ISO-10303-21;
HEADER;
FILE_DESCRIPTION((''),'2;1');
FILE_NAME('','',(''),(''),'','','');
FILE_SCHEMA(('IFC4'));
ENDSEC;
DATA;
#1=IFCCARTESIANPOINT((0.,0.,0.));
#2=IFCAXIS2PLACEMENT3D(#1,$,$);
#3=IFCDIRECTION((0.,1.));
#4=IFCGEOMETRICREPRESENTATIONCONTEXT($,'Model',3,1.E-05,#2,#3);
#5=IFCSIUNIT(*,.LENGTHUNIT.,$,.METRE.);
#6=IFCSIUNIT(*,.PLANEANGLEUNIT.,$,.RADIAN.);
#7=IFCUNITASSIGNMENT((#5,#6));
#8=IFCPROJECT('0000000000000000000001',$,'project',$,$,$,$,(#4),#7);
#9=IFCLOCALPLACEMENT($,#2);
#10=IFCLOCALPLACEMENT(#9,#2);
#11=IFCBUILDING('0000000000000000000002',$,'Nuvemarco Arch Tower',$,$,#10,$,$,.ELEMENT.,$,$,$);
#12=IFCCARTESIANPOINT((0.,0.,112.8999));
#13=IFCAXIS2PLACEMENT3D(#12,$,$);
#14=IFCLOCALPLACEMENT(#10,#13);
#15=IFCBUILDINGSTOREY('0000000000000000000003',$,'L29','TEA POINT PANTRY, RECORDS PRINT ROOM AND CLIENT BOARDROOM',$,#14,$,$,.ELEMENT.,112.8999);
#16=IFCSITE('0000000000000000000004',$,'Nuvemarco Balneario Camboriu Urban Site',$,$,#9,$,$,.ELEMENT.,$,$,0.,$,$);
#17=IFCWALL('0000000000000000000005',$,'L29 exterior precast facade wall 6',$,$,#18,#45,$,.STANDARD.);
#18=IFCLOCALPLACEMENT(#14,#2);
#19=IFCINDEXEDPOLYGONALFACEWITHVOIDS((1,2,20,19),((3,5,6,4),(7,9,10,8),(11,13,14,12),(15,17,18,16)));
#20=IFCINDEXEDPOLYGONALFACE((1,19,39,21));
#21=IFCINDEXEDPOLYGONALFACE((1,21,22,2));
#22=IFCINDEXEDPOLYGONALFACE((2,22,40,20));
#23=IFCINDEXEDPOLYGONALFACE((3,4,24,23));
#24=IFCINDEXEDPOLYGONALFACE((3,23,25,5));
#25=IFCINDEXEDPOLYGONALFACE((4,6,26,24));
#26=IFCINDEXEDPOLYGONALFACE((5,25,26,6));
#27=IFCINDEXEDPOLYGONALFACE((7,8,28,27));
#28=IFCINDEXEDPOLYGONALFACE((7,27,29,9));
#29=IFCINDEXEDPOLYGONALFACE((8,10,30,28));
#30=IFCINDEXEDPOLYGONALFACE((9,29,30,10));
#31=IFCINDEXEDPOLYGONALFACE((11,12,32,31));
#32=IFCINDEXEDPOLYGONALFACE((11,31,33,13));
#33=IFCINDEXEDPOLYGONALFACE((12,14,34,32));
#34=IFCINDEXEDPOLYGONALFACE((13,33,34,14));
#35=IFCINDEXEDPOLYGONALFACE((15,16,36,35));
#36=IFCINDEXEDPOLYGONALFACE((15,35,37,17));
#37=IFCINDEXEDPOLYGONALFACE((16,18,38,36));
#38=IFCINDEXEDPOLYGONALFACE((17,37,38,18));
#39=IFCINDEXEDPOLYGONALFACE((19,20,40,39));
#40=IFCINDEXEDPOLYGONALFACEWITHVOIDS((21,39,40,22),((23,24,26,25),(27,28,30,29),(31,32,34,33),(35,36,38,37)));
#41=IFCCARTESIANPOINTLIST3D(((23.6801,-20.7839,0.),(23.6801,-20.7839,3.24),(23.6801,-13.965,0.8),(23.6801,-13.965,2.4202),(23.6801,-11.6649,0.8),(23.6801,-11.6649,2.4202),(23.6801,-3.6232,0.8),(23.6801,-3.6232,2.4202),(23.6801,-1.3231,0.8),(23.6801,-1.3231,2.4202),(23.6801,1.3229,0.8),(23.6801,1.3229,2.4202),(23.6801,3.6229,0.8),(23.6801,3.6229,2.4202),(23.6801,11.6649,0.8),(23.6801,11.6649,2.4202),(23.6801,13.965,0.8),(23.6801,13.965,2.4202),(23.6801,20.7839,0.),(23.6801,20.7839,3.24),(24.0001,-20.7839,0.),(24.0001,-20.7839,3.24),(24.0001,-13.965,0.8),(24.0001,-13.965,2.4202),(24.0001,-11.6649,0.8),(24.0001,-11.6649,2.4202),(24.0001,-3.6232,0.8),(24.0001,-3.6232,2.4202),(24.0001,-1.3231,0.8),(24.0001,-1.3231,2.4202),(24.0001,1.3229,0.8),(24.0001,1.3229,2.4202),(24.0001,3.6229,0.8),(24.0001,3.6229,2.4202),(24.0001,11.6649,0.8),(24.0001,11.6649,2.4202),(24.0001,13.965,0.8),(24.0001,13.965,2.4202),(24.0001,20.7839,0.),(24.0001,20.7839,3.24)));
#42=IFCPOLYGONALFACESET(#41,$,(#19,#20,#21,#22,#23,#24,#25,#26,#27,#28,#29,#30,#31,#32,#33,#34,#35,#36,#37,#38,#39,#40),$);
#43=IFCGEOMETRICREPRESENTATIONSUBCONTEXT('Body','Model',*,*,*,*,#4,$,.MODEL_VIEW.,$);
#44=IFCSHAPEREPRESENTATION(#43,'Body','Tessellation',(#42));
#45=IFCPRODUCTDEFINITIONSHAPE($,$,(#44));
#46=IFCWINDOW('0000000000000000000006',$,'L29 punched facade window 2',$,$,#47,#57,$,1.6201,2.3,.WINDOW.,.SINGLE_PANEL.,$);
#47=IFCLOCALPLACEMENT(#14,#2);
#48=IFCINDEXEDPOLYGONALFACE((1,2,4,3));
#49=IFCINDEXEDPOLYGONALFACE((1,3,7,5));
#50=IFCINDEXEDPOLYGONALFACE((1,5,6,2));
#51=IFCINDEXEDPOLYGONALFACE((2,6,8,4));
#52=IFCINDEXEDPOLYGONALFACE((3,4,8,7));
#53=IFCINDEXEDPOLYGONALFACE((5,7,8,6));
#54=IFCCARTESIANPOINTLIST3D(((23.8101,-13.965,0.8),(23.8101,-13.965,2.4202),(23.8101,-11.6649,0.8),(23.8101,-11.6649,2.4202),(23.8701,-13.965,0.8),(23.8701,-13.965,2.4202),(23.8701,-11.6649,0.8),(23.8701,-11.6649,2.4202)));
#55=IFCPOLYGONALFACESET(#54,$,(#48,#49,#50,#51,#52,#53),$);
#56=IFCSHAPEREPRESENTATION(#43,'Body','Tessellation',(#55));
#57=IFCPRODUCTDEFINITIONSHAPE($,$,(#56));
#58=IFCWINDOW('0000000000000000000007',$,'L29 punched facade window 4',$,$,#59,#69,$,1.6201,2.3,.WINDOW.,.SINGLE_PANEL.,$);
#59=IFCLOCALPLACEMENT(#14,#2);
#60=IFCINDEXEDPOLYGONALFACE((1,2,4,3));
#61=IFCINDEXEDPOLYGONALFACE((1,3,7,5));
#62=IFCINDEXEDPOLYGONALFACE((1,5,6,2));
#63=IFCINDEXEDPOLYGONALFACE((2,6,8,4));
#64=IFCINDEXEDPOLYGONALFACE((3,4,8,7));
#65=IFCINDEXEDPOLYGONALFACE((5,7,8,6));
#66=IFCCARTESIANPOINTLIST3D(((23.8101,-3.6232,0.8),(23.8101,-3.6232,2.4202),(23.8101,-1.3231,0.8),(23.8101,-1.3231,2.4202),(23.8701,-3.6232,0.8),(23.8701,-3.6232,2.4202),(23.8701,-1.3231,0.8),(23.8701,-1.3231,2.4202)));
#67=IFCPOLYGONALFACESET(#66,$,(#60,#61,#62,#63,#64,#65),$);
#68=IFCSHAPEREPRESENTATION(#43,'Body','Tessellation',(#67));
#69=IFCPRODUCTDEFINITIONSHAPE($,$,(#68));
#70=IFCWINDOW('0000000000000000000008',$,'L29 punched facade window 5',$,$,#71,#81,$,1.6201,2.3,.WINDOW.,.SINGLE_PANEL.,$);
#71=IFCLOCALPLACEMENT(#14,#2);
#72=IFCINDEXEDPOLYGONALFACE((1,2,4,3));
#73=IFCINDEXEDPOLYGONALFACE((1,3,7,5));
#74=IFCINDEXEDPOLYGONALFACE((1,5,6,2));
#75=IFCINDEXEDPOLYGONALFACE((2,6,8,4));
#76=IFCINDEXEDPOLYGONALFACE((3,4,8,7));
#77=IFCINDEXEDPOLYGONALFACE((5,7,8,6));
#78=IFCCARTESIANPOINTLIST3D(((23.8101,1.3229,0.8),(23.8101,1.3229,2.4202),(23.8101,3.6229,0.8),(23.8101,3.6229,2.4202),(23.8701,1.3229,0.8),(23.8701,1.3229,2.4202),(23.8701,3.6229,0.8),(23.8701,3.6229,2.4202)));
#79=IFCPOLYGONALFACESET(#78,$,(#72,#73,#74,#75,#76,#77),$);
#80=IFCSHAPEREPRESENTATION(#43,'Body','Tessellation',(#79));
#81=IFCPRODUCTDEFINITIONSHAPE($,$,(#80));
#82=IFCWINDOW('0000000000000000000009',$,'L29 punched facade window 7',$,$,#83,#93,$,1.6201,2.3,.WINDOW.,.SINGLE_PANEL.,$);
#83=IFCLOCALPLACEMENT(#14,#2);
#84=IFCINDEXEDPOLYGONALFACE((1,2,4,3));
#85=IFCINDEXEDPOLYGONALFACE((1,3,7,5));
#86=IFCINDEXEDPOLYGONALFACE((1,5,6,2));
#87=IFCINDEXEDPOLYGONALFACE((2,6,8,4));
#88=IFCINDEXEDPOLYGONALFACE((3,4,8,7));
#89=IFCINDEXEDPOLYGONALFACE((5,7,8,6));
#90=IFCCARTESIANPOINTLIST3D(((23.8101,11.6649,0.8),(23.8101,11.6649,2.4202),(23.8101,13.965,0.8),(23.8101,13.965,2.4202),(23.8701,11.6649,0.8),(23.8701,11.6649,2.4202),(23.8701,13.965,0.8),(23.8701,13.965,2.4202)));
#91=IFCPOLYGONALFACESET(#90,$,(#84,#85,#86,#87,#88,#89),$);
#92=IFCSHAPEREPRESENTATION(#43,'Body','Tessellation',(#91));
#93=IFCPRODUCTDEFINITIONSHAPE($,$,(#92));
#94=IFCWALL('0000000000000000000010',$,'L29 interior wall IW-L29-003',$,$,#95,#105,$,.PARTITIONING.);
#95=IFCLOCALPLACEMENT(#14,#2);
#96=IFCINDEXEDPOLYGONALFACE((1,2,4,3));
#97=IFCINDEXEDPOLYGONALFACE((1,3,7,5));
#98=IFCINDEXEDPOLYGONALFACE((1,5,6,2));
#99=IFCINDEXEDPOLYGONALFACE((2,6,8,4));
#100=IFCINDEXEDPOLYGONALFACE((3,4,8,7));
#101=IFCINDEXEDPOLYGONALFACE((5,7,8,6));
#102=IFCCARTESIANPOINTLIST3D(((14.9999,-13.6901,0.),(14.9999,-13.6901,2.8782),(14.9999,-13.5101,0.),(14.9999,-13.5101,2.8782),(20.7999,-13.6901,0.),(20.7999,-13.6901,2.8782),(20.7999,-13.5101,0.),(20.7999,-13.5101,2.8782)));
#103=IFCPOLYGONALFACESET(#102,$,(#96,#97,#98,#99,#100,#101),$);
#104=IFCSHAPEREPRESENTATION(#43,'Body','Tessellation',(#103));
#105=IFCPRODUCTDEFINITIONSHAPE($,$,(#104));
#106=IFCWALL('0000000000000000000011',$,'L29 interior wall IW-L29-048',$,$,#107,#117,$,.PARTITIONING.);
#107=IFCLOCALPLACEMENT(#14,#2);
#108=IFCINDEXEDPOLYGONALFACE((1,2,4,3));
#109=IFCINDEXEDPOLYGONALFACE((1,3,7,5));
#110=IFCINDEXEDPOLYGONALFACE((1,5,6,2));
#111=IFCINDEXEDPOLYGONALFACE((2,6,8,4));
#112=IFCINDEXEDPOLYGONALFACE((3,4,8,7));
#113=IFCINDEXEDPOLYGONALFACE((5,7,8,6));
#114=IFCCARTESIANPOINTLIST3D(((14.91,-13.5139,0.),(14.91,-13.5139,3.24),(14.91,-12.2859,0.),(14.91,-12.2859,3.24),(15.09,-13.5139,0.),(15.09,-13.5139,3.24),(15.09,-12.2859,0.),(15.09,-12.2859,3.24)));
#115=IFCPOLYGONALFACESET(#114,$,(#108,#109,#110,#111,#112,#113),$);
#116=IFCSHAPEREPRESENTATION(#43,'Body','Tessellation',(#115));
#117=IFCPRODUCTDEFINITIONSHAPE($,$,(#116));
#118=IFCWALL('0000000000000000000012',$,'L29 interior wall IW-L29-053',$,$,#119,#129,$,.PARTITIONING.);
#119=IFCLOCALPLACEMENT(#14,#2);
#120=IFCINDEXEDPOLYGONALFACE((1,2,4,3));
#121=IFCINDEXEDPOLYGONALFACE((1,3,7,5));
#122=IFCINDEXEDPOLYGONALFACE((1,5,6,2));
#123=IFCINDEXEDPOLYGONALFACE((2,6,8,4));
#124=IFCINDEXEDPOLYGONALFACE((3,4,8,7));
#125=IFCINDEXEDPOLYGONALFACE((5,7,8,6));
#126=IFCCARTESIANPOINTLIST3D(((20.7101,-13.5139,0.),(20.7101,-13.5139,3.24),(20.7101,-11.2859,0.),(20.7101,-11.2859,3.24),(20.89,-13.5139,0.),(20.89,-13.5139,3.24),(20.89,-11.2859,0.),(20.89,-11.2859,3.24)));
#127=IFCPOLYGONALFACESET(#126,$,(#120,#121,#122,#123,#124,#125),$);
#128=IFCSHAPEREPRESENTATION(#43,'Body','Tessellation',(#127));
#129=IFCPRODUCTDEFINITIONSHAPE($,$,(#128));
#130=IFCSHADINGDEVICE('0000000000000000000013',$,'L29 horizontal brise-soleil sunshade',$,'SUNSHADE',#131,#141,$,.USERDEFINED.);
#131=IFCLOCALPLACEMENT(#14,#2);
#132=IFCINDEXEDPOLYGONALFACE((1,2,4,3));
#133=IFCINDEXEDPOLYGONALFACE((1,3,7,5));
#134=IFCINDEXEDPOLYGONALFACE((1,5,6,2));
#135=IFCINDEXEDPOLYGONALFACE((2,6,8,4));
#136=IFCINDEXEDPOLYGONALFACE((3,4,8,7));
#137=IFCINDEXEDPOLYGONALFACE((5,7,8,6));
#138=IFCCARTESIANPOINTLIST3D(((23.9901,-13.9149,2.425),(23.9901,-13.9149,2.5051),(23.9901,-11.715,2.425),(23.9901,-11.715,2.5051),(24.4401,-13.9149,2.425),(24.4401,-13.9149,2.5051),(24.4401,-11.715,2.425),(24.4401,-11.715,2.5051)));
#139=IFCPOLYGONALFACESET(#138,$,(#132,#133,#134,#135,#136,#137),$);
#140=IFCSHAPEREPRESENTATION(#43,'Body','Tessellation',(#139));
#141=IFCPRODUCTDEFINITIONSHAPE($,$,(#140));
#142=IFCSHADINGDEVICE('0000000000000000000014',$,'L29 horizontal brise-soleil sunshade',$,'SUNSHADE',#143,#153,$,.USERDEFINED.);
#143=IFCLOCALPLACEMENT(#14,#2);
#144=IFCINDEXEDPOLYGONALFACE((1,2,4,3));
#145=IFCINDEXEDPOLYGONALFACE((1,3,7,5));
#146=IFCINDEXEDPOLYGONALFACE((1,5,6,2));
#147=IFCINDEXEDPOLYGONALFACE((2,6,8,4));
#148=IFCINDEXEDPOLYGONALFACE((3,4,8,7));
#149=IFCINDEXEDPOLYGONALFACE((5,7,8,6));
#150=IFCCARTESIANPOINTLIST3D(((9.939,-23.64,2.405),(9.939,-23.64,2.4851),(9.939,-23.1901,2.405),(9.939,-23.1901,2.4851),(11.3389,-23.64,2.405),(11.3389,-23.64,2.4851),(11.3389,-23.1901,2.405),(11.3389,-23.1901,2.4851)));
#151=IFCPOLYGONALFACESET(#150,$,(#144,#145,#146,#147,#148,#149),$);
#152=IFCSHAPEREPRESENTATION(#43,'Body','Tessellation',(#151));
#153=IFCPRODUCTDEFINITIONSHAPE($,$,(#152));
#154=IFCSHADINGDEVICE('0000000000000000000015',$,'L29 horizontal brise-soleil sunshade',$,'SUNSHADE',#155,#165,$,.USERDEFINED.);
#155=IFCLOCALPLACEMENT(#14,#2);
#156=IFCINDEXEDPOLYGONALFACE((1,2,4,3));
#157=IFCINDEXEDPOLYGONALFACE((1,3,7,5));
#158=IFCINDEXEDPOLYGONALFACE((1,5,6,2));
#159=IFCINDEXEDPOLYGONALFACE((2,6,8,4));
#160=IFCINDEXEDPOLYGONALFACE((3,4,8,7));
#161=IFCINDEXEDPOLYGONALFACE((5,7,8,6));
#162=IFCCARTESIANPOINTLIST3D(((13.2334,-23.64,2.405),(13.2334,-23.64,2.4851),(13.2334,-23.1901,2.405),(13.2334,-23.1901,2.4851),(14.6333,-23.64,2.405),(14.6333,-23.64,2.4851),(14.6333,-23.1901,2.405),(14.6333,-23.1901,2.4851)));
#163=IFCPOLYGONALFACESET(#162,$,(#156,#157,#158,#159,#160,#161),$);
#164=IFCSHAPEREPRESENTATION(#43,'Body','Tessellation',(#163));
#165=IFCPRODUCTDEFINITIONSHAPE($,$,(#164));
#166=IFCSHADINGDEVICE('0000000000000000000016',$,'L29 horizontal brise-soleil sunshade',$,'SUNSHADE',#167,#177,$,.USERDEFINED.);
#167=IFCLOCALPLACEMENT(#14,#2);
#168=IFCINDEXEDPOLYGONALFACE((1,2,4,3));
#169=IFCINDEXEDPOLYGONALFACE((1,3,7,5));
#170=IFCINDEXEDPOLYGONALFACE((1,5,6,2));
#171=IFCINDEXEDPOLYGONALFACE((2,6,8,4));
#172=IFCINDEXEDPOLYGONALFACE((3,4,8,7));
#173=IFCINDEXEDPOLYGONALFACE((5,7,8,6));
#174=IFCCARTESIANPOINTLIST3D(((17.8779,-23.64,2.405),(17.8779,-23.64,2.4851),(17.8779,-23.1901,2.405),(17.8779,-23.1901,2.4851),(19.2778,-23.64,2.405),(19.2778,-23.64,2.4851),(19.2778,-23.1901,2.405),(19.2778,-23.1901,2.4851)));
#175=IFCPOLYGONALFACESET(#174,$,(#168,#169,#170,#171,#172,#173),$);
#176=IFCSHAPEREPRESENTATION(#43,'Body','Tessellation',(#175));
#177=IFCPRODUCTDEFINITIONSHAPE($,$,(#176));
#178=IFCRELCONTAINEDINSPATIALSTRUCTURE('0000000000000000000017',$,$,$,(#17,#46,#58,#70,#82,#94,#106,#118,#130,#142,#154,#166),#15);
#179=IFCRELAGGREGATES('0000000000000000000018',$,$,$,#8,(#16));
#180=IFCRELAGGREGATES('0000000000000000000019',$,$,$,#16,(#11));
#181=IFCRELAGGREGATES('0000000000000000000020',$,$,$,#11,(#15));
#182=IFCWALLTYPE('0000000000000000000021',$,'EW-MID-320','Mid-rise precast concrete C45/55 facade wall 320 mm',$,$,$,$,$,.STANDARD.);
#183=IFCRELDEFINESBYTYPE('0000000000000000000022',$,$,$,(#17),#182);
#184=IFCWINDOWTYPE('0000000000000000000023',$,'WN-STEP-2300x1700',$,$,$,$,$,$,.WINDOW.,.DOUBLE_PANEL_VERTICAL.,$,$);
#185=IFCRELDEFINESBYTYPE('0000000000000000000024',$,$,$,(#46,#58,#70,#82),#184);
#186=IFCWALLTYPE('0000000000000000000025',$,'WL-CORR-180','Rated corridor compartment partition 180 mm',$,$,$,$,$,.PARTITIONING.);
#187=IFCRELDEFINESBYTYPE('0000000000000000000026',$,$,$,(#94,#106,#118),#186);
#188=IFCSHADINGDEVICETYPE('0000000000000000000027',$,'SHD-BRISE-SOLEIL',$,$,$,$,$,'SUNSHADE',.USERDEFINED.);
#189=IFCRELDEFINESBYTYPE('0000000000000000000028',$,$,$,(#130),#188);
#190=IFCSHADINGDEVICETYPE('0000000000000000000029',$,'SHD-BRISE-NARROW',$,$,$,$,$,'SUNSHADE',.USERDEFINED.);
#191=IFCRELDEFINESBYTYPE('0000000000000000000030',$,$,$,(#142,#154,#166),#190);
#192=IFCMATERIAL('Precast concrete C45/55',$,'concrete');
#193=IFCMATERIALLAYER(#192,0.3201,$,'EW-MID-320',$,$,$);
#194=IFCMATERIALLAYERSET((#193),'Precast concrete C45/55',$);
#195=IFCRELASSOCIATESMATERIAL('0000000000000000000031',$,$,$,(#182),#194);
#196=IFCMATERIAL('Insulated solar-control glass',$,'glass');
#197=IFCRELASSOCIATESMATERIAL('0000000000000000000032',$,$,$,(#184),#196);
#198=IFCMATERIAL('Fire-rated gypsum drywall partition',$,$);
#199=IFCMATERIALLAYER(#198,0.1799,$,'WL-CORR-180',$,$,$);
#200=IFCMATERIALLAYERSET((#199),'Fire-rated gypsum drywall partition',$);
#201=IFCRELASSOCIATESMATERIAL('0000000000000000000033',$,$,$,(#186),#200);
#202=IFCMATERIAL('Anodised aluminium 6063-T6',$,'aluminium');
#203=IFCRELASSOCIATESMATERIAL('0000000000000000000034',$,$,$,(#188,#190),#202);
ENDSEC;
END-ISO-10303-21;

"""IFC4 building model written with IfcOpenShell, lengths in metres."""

from ifc_helpers import new_model, si_unit, direction, frame, frame_2d, origin, origin_2d, place, context, subcontext, project, spatial, rectangle, extrude, source, transform, mapped, material, layer, layer_set, type_object, type_shapes, element, fill, save


model = new_model("IFC4")

# Units and contexts
model_context = context("Model", 3, precision=1e-05, world=origin(), true_north=direction((0.0, 1.0)))
body_context = subcontext(model_context, "Body", "Model", "MODEL_VIEW")
ifc_project = project(units=[si_unit("LENGTHUNIT", "METRE"), si_unit("PLANEANGLEUNIT", "RADIAN")], contexts=[model_context])

# Site, building, storey
site_placement = place(None, origin())
site = spatial("IfcSite", under=ifc_project, at=site_placement, Name="Nuvemarco Balneario Camboriu Urban Site", CompositionType="ELEMENT", RefElevation=0.0)
building_placement = place(site_placement, origin())
building = spatial("IfcBuilding", under=site, at=building_placement, Name="Nuvemarco Arch Tower", CompositionType="ELEMENT")
storey_placement = place(building_placement, frame((0.0, 0.0, 112.8999)))
storey = spatial("IfcBuildingStorey", under=building, at=storey_placement, Name="L29", Description="TEA POINT PANTRY, RECORDS PRINT ROOM AND CLIENT BOARDROOM", CompositionType="ELEMENT", Elevation=112.8999)

# Shared definitions
ifc_material_1 = material(Name="Precast concrete C45/55", Category="concrete")

# Shared definitions
ifc_layer_1 = layer(ifc_material_1, 0.3201, Name="EW-MID-320")
ifc_layer_set_1 = layer_set([ifc_layer_1], Name="Precast concrete C45/55")
wall_type_1 = type_object("IfcWallType", Name="EW-MID-320", Description="Mid-rise precast concrete C45/55 facade wall 320 mm", PredefinedType="STANDARD", material=ifc_layer_set_1)

# Wall, openings, windows
wall_1_placement = place(storey_placement, frame((23.8401, -20.7839, 0.0), z_axis=(0.0, 0.0, 1.0), x_axis=(0.0, 1.0, 0.0)))
wall_1 = element("IfcWall", 1, at=wall_1_placement, inside=storey, type_object=wall_type_1, Name="L29 exterior precast facade wall 6", PredefinedType="STANDARD", context=body_context, shape_type="SweptSolid", body=[
    extrude(rectangle(XDim=41.5679, YDim=0.3201, at=frame_2d((20.7839, 0.0))), origin(), (0.0, 0.0, 1.0), 3.24),
])
opening_1_placement = place(wall_1_placement, frame((6.8191, 0.0, 0.8)))
opening_1 = element("IfcOpeningElement", 2, at=opening_1_placement, cuts=wall_1, PredefinedType="OPENING", context=body_context, shape_type="SweptSolid", body=[
    extrude(rectangle(XDim=2.3, YDim=1.6201, at=frame_2d((1.1499, 0.8101))), frame((0.0, 0.1699, 0.0), z_axis=(0.0, -1.0, 0.0), x_axis=(1.0, 0.0, 0.0)), (0.0, 0.0, 1.0), 0.3401),
])
opening_2_placement = place(wall_1_placement, frame((17.1609, 0.0, 0.8)))
opening_2 = element("IfcOpeningElement", 3, at=opening_2_placement, cuts=wall_1, PredefinedType="OPENING", context=body_context, shape_type="SweptSolid", body=[
    extrude(rectangle(XDim=2.3, YDim=1.6201, at=frame_2d((1.1499, 0.8101))), frame((0.0, 0.1699, 0.0), z_axis=(0.0, -1.0, 0.0), x_axis=(1.0, 0.0, 0.0)), (0.0, 0.0, 1.0), 0.3401),
])
opening_3_placement = place(wall_1_placement, frame((22.1069, 0.0, 0.8)))
opening_3 = element("IfcOpeningElement", 4, at=opening_3_placement, cuts=wall_1, PredefinedType="OPENING", context=body_context, shape_type="SweptSolid", body=[
    extrude(rectangle(XDim=2.3, YDim=1.6201, at=frame_2d((1.1499, 0.8101))), frame((0.0, 0.1699, 0.0), z_axis=(0.0, -1.0, 0.0), x_axis=(1.0, 0.0, 0.0)), (0.0, 0.0, 1.0), 0.3401),
])
opening_4_placement = place(wall_1_placement, frame((32.449, 0.0, 0.8)))
opening_4 = element("IfcOpeningElement", 5, at=opening_4_placement, cuts=wall_1, PredefinedType="OPENING", context=body_context, shape_type="SweptSolid", body=[
    extrude(rectangle(XDim=2.3, YDim=1.6201, at=frame_2d((1.1499, 0.8101))), frame((0.0, 0.1699, 0.0), z_axis=(0.0, -1.0, 0.0), x_axis=(1.0, 0.0, 0.0)), (0.0, 0.0, 1.0), 0.3401),
])
ifc_material_2 = material(Name="Insulated solar-control glass", Category="glass")
window_type = type_object("IfcWindowType", Name="WN-STEP-2300x1700", PartitioningType="DOUBLE_PANEL_VERTICAL", PredefinedType="WINDOW", material=ifc_material_2)
shared_shape_1 = source(origin(), body_context, "Body", "SweptSolid", [
    extrude(rectangle(XDim=2.3, YDim=1.6201, at=frame_2d((1.1499, 0.8101))), frame((0.0, 0.03, 0.0), z_axis=(0.0, -1.0, 0.0), x_axis=(1.0, 0.0, 0.0)), (0.0, 0.0, 1.0), 0.0601),
])
type_shapes(window_type, [shared_shape_1])
window_1_placement = place(opening_1_placement, origin())
window_1 = element("IfcWindow", 6, at=window_1_placement, inside=storey, type_object=window_type, Name="L29 punched facade window 2", OverallHeight=1.6201, OverallWidth=2.3, PartitioningType="SINGLE_PANEL", PredefinedType="WINDOW", context=body_context, shape_type="MappedRepresentation", body=[
    mapped(shared_shape_1, transform((0.0, 0.0, 0.0), scale=1.0)),
])
fill(opening_1, window_1)
window_2_placement = place(opening_2_placement, origin())
window_2 = element("IfcWindow", 7, at=window_2_placement, inside=storey, type_object=window_type, Name="L29 punched facade window 4", OverallHeight=1.6201, OverallWidth=2.3, PartitioningType="SINGLE_PANEL", PredefinedType="WINDOW", context=body_context, shape_type="MappedRepresentation", body=[
    mapped(shared_shape_1, transform((0.0, 0.0, 0.0), scale=1.0)),
])
fill(opening_2, window_2)
window_3_placement = place(opening_3_placement, origin())
window_3 = element("IfcWindow", 8, at=window_3_placement, inside=storey, type_object=window_type, Name="L29 punched facade window 5", OverallHeight=1.6201, OverallWidth=2.3, PartitioningType="SINGLE_PANEL", PredefinedType="WINDOW", context=body_context, shape_type="MappedRepresentation", body=[
    mapped(shared_shape_1, transform((0.0, 0.0, 0.0), scale=1.0)),
])
fill(opening_3, window_3)
window_4_placement = place(opening_4_placement, origin())
window_4 = element("IfcWindow", 9, at=window_4_placement, inside=storey, type_object=window_type, Name="L29 punched facade window 7", OverallHeight=1.6201, OverallWidth=2.3, PartitioningType="SINGLE_PANEL", PredefinedType="WINDOW", context=body_context, shape_type="MappedRepresentation", body=[
    mapped(shared_shape_1, transform((0.0, 0.0, 0.0), scale=1.0)),
])
fill(opening_4, window_4)

# Walls
ifc_material_3 = material(Name="Fire-rated gypsum drywall partition")
ifc_layer_2 = layer(ifc_material_3, 0.1799, Name="WL-CORR-180")
ifc_layer_set_2 = layer_set([ifc_layer_2], Name="Fire-rated gypsum drywall partition")
wall_type_2 = type_object("IfcWallType", Name="WL-CORR-180", Description="Rated corridor compartment partition 180 mm", PredefinedType="PARTITIONING", material=ifc_layer_set_2)
wall_2_placement = place(storey_placement, frame((15.0, -13.6001, 0.0), z_axis=(0.0, 0.0, 1.0), x_axis=(1.0, 0.0, 0.0)))
element("IfcWall", 10, at=wall_2_placement, inside=storey, type_object=wall_type_2, Name="L29 interior wall IW-L29-003", PredefinedType="PARTITIONING", context=body_context, shape_type="SweptSolid", body=[
    extrude(rectangle(XDim=5.8, YDim=0.1799, at=frame_2d((2.8999, 0.0))), origin(), (0.0, 0.0, 1.0), 2.8782),
])
wall_3_placement = place(storey_placement, frame((15.0, -13.5139, 0.0), z_axis=(0.0, 0.0, 1.0), x_axis=(0.0, 1.0, 0.0)))
element("IfcWall", 11, at=wall_3_placement, inside=storey, type_object=wall_type_2, Name="L29 interior wall IW-L29-048", PredefinedType="PARTITIONING", context=body_context, shape_type="SweptSolid", body=[
    extrude(rectangle(XDim=1.228, YDim=0.1799, at=frame_2d((0.614, 0.0))), origin(), (0.0, 0.0, 1.0), 3.24),
])
wall_4_placement = place(storey_placement, frame((20.8, -13.5139, 0.0), z_axis=(0.0, 0.0, 1.0), x_axis=(0.0, 1.0, 0.0)))
element("IfcWall", 12, at=wall_4_placement, inside=storey, type_object=wall_type_2, Name="L29 interior wall IW-L29-053", PredefinedType="PARTITIONING", context=body_context, shape_type="SweptSolid", body=[
    extrude(rectangle(XDim=2.228, YDim=0.1799, at=frame_2d((1.114, 0.0))), origin(), (0.0, 0.0, 1.0), 3.24),
])

# Shading devices
ifc_material_4 = material(Name="Anodised aluminium 6063-T6", Category="aluminium")
shading_device_type_1 = type_object("IfcShadingDeviceType", Name="SHD-BRISE-SOLEIL", ElementType="SUNSHADE", PredefinedType="USERDEFINED", material=ifc_material_4)
shared_shape_2 = source(origin(), body_context, "Body", "SweptSolid", [
    extrude(rectangle(XDim=2.2, YDim=0.45, at=origin_2d()), origin(), (0.0, 0.0, 1.0), 0.0801),
])
type_shapes(shading_device_type_1, [shared_shape_2])
shading_device_placement = place(storey_placement, frame((24.2151, -12.8149, 2.425), z_axis=(0.0, 0.0, 1.0), x_axis=(0.0, 1.0, 0.0)))
element("IfcShadingDevice", 13, at=shading_device_placement, inside=storey, type_object=shading_device_type_1, Name="L29 horizontal brise-soleil sunshade", ObjectType="SUNSHADE", PredefinedType="USERDEFINED", context=body_context, shape_type="MappedRepresentation", body=[
    mapped(shared_shape_2, transform((0.0, 0.0, 0.0), scale=1.0)),
])
shading_device_type_2 = type_object("IfcShadingDeviceType", Name="SHD-BRISE-NARROW", ElementType="SUNSHADE", PredefinedType="USERDEFINED", material=ifc_material_4)
shared_shape_3 = source(origin(), body_context, "Body", "SweptSolid", [
    extrude(rectangle(XDim=1.3999, YDim=0.45, at=origin_2d()), origin(), (0.0, 0.0, 1.0), 0.0801),
])
type_shapes(shading_device_type_2, [shared_shape_3])
for number, where, z_axis, x_axis, name in (
    (14, (10.6389, -23.415, 2.405), (0.0, 0.0, 1.0), (1.0, 0.0, 0.0), "L29 horizontal brise-soleil sunshade"),
    (15, (13.9333, -23.415, 2.405), (0.0, 0.0, 1.0), (1.0, 0.0, 0.0), "L29 horizontal brise-soleil sunshade"),
    (16, (18.5779, -23.415, 2.405), (0.0, 0.0, 1.0), (1.0, 0.0, 0.0), "L29 horizontal brise-soleil sunshade"),
):
    element("IfcShadingDevice", number, at=place(storey_placement, frame(where, z_axis=z_axis, x_axis=x_axis)), inside=storey, type_object=shading_device_type_2, Name=name, ObjectType="SUNSHADE", PredefinedType="USERDEFINED", context=body_context, shape_type="MappedRepresentation", body=[
        mapped(shared_shape_3, transform((0.0, 0.0, 0.0), scale=1.0)),
    ])

save(model, "model.ifc")
